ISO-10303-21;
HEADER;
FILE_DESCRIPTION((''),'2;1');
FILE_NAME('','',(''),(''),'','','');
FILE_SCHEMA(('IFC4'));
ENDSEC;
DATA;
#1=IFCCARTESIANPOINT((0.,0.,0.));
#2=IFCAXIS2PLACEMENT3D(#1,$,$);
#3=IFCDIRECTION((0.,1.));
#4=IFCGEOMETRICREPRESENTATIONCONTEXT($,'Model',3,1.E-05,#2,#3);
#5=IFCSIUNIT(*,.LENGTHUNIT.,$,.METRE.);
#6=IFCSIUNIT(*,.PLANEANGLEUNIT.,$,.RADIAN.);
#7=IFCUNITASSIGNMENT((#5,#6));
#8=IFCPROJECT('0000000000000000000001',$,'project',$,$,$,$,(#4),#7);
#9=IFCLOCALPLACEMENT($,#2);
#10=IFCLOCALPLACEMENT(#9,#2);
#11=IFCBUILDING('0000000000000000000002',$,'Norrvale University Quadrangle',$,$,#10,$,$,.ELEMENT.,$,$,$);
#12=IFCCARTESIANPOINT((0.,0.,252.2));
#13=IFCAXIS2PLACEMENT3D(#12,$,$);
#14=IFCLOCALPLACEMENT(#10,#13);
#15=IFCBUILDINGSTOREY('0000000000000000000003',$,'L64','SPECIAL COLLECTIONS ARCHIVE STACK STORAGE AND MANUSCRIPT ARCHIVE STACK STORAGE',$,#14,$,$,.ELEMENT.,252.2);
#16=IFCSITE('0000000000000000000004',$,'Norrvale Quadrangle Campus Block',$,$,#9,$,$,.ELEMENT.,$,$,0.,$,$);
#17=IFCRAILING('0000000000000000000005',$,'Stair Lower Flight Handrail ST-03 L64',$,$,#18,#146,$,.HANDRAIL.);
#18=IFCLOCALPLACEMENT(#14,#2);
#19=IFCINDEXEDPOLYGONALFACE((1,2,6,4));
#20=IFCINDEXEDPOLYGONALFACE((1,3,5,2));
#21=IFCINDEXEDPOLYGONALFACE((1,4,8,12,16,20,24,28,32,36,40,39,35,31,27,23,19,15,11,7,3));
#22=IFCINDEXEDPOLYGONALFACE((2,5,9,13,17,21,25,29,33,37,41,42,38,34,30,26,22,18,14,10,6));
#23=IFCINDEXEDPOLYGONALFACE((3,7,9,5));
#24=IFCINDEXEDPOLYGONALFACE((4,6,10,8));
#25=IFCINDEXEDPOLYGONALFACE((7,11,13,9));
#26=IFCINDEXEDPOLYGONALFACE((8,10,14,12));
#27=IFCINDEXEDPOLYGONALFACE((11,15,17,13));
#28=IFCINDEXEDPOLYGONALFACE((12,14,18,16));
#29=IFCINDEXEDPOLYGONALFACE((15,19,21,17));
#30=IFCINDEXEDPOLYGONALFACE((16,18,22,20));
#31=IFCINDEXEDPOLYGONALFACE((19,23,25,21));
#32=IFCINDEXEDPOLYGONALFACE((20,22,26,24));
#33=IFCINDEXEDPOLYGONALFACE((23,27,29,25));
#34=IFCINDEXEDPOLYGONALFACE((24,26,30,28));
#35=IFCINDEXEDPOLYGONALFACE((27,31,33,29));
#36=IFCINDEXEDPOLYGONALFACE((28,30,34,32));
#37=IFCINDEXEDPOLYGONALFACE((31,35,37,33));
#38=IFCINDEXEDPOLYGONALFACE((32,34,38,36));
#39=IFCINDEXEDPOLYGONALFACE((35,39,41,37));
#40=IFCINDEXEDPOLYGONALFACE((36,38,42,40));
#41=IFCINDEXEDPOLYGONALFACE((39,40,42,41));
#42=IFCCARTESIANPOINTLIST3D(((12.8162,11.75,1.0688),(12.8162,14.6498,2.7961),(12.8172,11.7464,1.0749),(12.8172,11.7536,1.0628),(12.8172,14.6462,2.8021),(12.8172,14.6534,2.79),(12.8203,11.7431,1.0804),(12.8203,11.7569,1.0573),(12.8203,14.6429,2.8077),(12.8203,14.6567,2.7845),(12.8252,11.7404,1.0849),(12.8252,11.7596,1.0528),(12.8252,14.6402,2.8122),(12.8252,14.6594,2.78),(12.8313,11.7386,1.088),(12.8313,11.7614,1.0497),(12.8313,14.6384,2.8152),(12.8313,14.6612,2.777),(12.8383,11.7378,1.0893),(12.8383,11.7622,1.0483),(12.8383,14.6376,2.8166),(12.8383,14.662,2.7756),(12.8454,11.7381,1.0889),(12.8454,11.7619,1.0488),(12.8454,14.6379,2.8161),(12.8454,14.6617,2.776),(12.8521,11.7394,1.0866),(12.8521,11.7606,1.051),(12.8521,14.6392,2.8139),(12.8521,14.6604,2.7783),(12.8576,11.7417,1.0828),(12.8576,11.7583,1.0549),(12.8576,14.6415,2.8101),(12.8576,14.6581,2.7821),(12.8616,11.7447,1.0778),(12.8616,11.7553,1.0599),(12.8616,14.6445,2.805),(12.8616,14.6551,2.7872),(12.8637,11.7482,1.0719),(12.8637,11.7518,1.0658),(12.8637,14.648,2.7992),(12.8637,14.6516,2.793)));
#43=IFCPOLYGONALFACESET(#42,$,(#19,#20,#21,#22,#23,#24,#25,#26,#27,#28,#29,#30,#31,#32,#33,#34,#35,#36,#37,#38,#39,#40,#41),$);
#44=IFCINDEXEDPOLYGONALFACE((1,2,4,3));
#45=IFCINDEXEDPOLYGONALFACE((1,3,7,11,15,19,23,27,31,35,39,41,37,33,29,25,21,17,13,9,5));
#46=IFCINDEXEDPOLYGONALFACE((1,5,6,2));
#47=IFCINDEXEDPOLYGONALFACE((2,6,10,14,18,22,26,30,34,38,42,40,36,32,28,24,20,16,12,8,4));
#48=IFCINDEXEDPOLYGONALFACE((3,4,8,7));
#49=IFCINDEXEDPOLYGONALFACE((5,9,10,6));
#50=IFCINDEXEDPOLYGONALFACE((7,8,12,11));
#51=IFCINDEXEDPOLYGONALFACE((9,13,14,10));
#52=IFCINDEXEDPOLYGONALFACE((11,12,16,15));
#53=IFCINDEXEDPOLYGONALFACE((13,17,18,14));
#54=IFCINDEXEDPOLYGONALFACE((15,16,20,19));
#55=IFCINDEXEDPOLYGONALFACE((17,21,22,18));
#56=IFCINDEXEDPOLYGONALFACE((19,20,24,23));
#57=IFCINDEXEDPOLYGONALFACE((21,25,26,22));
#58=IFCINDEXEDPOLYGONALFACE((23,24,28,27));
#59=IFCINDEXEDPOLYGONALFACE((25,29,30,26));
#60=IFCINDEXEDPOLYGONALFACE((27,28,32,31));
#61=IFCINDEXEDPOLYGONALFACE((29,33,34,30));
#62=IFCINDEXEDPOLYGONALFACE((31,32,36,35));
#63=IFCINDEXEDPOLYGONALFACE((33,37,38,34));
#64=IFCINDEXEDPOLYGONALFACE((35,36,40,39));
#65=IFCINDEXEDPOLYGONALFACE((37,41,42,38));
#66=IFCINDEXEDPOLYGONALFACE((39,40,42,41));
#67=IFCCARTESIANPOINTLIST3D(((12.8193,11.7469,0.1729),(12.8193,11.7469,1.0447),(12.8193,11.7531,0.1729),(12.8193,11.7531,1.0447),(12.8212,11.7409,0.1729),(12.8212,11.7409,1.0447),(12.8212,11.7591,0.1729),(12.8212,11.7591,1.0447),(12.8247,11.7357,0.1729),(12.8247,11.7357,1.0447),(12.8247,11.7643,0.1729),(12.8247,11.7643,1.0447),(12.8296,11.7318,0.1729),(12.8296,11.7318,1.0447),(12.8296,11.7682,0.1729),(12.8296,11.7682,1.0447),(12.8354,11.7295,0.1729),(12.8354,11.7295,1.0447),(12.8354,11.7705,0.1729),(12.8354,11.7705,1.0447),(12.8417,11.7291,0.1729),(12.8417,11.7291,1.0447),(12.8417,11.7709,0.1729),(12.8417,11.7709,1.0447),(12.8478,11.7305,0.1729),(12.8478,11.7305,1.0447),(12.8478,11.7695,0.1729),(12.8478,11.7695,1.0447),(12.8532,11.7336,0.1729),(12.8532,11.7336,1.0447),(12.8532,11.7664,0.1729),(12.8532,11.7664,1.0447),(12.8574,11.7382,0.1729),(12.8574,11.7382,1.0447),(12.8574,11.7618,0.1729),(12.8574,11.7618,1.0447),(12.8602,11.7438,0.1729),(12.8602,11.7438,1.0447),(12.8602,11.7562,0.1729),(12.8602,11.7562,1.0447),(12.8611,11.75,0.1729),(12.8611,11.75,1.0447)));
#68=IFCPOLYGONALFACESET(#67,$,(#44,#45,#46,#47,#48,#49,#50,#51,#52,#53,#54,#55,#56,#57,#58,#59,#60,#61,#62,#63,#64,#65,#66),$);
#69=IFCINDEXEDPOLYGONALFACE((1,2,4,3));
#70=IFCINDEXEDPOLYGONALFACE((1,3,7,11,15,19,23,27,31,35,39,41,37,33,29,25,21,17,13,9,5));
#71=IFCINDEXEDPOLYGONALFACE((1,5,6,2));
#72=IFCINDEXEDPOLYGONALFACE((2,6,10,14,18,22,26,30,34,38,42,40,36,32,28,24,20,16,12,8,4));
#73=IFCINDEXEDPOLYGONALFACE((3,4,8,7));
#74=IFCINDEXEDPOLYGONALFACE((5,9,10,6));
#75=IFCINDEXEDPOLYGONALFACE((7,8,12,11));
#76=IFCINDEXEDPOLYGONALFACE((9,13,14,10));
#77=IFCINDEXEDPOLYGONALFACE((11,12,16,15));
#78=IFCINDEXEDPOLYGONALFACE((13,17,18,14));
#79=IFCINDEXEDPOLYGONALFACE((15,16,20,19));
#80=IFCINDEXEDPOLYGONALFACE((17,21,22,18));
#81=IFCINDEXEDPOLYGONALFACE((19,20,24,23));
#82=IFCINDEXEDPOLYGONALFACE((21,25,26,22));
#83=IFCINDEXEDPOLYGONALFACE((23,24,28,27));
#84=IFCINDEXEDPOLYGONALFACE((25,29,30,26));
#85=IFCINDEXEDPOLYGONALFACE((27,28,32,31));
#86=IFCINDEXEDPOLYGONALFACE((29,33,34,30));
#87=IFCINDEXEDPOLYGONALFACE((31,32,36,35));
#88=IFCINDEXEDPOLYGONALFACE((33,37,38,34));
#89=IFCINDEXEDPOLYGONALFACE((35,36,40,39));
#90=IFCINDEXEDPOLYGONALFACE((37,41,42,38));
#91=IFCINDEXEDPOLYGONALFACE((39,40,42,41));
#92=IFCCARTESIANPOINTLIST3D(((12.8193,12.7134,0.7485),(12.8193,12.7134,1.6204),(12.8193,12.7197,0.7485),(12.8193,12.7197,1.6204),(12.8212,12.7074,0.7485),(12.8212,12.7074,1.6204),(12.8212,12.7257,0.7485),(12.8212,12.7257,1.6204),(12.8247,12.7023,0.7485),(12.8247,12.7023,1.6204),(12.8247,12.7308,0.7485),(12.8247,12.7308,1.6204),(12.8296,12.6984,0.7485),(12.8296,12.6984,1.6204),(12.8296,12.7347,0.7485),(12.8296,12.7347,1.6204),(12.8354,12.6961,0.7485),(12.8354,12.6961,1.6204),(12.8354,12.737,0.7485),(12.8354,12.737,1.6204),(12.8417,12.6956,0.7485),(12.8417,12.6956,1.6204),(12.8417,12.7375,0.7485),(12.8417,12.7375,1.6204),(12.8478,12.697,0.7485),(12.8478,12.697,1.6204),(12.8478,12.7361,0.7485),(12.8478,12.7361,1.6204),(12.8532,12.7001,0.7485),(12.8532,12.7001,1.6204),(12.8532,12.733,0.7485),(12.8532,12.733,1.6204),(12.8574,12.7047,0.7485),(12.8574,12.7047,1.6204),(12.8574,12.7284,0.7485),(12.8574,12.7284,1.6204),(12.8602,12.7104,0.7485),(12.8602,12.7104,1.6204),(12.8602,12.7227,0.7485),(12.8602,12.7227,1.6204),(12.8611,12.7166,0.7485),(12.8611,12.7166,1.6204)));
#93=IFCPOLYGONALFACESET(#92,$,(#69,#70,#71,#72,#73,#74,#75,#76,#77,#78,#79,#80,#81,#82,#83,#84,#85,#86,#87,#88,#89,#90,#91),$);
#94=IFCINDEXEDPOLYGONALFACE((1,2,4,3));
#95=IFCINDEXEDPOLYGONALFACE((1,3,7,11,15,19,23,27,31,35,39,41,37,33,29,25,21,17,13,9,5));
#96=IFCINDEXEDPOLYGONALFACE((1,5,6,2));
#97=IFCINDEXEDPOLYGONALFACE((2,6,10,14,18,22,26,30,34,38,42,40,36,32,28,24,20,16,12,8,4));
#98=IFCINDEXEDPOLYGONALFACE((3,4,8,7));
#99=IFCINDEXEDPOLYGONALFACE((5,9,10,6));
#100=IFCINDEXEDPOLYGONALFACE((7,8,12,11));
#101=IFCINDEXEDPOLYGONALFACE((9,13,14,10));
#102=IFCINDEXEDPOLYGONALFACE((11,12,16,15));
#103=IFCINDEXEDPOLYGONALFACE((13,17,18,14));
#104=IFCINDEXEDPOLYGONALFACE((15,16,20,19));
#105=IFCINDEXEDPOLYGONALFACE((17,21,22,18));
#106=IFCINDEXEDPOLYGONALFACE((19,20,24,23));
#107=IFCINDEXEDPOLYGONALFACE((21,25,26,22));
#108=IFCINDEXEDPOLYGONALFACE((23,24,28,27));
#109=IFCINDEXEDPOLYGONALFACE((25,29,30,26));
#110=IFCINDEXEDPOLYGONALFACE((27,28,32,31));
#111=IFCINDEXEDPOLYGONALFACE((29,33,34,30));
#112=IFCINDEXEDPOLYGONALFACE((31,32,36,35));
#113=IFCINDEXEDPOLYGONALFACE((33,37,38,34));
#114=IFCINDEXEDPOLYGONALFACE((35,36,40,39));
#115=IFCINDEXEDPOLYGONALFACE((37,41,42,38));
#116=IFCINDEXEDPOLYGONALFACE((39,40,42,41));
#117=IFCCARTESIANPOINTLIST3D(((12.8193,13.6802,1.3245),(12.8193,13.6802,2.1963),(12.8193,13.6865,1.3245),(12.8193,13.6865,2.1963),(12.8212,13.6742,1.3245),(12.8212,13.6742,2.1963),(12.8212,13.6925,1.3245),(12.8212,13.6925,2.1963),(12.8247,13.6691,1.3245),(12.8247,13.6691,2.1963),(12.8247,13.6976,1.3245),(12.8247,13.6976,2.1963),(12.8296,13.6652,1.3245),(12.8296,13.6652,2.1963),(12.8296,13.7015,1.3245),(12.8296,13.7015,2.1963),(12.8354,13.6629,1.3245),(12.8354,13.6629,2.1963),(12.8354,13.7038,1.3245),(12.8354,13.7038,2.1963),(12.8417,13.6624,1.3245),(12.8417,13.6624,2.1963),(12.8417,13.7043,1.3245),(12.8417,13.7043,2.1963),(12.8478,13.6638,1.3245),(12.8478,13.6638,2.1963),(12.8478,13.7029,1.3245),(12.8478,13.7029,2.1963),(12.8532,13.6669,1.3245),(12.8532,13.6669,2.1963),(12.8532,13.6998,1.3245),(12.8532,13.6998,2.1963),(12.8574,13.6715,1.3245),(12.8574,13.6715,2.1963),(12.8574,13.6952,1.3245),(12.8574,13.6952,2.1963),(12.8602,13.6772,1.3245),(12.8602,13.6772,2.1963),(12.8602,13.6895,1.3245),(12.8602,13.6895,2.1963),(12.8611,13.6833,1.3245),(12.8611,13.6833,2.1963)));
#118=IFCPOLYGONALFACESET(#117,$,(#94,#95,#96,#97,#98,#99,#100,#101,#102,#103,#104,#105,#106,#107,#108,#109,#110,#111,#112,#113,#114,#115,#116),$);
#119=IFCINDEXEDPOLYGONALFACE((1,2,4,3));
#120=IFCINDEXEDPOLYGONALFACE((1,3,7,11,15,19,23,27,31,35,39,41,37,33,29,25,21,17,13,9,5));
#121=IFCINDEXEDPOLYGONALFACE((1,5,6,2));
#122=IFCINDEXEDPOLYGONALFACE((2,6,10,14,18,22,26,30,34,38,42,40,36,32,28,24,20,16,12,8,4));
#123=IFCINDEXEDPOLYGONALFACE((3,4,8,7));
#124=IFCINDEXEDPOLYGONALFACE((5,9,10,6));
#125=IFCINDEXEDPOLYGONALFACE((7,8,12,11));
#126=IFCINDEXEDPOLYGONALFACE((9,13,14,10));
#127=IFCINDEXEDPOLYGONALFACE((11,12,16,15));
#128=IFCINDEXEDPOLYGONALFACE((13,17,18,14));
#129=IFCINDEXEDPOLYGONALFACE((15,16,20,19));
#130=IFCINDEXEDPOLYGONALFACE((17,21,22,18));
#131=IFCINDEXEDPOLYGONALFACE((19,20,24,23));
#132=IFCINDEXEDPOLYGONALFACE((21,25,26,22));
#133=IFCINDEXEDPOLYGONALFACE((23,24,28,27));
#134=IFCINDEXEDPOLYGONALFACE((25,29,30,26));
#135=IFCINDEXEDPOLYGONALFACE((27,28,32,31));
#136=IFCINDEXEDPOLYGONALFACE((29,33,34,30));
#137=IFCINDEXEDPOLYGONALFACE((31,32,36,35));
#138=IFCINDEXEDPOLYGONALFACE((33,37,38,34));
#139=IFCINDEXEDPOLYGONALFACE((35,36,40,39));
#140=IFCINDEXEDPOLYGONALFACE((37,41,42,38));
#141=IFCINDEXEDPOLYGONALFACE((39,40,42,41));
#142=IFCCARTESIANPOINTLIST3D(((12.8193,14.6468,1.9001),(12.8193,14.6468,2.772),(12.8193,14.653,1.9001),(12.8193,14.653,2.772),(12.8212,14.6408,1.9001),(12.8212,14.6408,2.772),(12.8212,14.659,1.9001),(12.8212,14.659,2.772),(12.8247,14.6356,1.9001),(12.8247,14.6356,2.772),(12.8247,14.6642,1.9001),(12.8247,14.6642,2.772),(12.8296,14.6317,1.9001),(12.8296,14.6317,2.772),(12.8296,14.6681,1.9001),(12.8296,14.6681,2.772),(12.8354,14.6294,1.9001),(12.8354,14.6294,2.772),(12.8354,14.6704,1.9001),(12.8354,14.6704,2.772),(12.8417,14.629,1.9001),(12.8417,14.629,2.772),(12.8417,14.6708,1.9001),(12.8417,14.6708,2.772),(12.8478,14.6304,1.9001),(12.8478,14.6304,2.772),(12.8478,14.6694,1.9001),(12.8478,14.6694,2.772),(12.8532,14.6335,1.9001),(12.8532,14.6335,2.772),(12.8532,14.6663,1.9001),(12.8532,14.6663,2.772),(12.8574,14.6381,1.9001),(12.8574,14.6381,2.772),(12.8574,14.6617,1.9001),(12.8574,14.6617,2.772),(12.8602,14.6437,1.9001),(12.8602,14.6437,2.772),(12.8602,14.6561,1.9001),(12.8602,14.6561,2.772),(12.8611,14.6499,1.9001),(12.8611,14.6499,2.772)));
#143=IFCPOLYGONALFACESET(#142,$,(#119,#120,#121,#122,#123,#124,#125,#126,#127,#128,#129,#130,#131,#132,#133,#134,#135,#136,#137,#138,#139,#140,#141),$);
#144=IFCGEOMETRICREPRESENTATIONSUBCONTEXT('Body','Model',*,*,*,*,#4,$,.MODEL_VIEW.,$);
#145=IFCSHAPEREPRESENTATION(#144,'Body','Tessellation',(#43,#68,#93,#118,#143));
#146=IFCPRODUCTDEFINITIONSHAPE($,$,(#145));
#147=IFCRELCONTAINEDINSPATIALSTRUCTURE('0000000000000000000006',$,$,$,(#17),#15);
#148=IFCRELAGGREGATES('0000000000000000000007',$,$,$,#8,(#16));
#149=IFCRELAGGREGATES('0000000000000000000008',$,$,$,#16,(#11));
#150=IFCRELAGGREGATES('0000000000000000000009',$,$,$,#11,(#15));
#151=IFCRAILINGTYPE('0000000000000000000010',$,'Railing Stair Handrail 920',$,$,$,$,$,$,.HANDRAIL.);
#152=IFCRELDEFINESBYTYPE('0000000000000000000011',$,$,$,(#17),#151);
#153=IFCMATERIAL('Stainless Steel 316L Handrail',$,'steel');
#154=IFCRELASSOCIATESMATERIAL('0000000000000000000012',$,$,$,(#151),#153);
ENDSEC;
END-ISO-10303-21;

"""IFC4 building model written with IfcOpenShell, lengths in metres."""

from ifc_helpers import new_model, si_unit, direction, frame, origin, origin_2d, place, context, subcontext, project, spatial, circle, extrude, material, type_object, element, save


model = new_model("IFC4")

# Units and contexts
model_context = context("Model", 3, precision=1e-05, world=origin(), true_north=direction((0.0, 1.0)))
body_context = subcontext(model_context, "Body", "Model", "MODEL_VIEW")
ifc_project = project(units=[si_unit("LENGTHUNIT", "METRE"), si_unit("PLANEANGLEUNIT", "RADIAN")], contexts=[model_context])

# Site, building, storey
site_placement = place(None, origin())
site = spatial("IfcSite", under=ifc_project, at=site_placement, Name="Norrvale Quadrangle Campus Block", CompositionType="ELEMENT", RefElevation=0.0)
building_placement = place(site_placement, origin())
building = spatial("IfcBuilding", under=site, at=building_placement, Name="Norrvale University Quadrangle", CompositionType="ELEMENT")
storey_placement = place(building_placement, frame((0.0, 0.0, 252.2)))
storey = spatial("IfcBuildingStorey", under=building, at=storey_placement, Name="L64", Description="SPECIAL COLLECTIONS ARCHIVE STACK STORAGE AND MANUSCRIPT ARCHIVE STACK STORAGE", CompositionType="ELEMENT", Elevation=252.2)

# Railing
ifc_material_1 = material(Name="Stainless Steel 316L Handrail", Category="steel")
railing_type_1 = type_object("IfcRailingType", Name="Railing Stair Handrail 920", PredefinedType="HANDRAIL", material=ifc_material_1)
railing_1_placement = place(storey_placement, frame((12.8401, 11.75, 0.1729)))
element("IfcRailing", 1, at=railing_1_placement, inside=storey, type_object=railing_type_1, Name="Stair Lower Flight Handrail ST-03 L64", PredefinedType="HANDRAIL", context=body_context, shape_type="SweptSolid", body=[
    extrude(circle(Radius=0.0239, at=origin_2d()), frame((0.0, 0.0, 0.896), z_axis=(0.0, 0.859141, 0.511738), x_axis=(-1.0, 0.0, 0.0)), (0.0, 0.0, 1.0), 3.3752),
    extrude(circle(Radius=0.021, at=origin_2d()), origin(), (0.0, 0.0, 1.0), 0.8718),
    extrude(circle(Radius=0.021, at=origin_2d()), frame((0.0, 0.9666, 0.5757)), (0.0, 0.0, 1.0), 0.8718),
    extrude(circle(Radius=0.021, at=origin_2d()), frame((0.0, 1.9333, 1.1516)), (0.0, 0.0, 1.0), 0.8718),
    extrude(circle(Radius=0.021, at=origin_2d()), frame((0.0, 2.8999, 1.7273)), (0.0, 0.0, 1.0), 0.8718),
])

save(model, "model.ifc")
